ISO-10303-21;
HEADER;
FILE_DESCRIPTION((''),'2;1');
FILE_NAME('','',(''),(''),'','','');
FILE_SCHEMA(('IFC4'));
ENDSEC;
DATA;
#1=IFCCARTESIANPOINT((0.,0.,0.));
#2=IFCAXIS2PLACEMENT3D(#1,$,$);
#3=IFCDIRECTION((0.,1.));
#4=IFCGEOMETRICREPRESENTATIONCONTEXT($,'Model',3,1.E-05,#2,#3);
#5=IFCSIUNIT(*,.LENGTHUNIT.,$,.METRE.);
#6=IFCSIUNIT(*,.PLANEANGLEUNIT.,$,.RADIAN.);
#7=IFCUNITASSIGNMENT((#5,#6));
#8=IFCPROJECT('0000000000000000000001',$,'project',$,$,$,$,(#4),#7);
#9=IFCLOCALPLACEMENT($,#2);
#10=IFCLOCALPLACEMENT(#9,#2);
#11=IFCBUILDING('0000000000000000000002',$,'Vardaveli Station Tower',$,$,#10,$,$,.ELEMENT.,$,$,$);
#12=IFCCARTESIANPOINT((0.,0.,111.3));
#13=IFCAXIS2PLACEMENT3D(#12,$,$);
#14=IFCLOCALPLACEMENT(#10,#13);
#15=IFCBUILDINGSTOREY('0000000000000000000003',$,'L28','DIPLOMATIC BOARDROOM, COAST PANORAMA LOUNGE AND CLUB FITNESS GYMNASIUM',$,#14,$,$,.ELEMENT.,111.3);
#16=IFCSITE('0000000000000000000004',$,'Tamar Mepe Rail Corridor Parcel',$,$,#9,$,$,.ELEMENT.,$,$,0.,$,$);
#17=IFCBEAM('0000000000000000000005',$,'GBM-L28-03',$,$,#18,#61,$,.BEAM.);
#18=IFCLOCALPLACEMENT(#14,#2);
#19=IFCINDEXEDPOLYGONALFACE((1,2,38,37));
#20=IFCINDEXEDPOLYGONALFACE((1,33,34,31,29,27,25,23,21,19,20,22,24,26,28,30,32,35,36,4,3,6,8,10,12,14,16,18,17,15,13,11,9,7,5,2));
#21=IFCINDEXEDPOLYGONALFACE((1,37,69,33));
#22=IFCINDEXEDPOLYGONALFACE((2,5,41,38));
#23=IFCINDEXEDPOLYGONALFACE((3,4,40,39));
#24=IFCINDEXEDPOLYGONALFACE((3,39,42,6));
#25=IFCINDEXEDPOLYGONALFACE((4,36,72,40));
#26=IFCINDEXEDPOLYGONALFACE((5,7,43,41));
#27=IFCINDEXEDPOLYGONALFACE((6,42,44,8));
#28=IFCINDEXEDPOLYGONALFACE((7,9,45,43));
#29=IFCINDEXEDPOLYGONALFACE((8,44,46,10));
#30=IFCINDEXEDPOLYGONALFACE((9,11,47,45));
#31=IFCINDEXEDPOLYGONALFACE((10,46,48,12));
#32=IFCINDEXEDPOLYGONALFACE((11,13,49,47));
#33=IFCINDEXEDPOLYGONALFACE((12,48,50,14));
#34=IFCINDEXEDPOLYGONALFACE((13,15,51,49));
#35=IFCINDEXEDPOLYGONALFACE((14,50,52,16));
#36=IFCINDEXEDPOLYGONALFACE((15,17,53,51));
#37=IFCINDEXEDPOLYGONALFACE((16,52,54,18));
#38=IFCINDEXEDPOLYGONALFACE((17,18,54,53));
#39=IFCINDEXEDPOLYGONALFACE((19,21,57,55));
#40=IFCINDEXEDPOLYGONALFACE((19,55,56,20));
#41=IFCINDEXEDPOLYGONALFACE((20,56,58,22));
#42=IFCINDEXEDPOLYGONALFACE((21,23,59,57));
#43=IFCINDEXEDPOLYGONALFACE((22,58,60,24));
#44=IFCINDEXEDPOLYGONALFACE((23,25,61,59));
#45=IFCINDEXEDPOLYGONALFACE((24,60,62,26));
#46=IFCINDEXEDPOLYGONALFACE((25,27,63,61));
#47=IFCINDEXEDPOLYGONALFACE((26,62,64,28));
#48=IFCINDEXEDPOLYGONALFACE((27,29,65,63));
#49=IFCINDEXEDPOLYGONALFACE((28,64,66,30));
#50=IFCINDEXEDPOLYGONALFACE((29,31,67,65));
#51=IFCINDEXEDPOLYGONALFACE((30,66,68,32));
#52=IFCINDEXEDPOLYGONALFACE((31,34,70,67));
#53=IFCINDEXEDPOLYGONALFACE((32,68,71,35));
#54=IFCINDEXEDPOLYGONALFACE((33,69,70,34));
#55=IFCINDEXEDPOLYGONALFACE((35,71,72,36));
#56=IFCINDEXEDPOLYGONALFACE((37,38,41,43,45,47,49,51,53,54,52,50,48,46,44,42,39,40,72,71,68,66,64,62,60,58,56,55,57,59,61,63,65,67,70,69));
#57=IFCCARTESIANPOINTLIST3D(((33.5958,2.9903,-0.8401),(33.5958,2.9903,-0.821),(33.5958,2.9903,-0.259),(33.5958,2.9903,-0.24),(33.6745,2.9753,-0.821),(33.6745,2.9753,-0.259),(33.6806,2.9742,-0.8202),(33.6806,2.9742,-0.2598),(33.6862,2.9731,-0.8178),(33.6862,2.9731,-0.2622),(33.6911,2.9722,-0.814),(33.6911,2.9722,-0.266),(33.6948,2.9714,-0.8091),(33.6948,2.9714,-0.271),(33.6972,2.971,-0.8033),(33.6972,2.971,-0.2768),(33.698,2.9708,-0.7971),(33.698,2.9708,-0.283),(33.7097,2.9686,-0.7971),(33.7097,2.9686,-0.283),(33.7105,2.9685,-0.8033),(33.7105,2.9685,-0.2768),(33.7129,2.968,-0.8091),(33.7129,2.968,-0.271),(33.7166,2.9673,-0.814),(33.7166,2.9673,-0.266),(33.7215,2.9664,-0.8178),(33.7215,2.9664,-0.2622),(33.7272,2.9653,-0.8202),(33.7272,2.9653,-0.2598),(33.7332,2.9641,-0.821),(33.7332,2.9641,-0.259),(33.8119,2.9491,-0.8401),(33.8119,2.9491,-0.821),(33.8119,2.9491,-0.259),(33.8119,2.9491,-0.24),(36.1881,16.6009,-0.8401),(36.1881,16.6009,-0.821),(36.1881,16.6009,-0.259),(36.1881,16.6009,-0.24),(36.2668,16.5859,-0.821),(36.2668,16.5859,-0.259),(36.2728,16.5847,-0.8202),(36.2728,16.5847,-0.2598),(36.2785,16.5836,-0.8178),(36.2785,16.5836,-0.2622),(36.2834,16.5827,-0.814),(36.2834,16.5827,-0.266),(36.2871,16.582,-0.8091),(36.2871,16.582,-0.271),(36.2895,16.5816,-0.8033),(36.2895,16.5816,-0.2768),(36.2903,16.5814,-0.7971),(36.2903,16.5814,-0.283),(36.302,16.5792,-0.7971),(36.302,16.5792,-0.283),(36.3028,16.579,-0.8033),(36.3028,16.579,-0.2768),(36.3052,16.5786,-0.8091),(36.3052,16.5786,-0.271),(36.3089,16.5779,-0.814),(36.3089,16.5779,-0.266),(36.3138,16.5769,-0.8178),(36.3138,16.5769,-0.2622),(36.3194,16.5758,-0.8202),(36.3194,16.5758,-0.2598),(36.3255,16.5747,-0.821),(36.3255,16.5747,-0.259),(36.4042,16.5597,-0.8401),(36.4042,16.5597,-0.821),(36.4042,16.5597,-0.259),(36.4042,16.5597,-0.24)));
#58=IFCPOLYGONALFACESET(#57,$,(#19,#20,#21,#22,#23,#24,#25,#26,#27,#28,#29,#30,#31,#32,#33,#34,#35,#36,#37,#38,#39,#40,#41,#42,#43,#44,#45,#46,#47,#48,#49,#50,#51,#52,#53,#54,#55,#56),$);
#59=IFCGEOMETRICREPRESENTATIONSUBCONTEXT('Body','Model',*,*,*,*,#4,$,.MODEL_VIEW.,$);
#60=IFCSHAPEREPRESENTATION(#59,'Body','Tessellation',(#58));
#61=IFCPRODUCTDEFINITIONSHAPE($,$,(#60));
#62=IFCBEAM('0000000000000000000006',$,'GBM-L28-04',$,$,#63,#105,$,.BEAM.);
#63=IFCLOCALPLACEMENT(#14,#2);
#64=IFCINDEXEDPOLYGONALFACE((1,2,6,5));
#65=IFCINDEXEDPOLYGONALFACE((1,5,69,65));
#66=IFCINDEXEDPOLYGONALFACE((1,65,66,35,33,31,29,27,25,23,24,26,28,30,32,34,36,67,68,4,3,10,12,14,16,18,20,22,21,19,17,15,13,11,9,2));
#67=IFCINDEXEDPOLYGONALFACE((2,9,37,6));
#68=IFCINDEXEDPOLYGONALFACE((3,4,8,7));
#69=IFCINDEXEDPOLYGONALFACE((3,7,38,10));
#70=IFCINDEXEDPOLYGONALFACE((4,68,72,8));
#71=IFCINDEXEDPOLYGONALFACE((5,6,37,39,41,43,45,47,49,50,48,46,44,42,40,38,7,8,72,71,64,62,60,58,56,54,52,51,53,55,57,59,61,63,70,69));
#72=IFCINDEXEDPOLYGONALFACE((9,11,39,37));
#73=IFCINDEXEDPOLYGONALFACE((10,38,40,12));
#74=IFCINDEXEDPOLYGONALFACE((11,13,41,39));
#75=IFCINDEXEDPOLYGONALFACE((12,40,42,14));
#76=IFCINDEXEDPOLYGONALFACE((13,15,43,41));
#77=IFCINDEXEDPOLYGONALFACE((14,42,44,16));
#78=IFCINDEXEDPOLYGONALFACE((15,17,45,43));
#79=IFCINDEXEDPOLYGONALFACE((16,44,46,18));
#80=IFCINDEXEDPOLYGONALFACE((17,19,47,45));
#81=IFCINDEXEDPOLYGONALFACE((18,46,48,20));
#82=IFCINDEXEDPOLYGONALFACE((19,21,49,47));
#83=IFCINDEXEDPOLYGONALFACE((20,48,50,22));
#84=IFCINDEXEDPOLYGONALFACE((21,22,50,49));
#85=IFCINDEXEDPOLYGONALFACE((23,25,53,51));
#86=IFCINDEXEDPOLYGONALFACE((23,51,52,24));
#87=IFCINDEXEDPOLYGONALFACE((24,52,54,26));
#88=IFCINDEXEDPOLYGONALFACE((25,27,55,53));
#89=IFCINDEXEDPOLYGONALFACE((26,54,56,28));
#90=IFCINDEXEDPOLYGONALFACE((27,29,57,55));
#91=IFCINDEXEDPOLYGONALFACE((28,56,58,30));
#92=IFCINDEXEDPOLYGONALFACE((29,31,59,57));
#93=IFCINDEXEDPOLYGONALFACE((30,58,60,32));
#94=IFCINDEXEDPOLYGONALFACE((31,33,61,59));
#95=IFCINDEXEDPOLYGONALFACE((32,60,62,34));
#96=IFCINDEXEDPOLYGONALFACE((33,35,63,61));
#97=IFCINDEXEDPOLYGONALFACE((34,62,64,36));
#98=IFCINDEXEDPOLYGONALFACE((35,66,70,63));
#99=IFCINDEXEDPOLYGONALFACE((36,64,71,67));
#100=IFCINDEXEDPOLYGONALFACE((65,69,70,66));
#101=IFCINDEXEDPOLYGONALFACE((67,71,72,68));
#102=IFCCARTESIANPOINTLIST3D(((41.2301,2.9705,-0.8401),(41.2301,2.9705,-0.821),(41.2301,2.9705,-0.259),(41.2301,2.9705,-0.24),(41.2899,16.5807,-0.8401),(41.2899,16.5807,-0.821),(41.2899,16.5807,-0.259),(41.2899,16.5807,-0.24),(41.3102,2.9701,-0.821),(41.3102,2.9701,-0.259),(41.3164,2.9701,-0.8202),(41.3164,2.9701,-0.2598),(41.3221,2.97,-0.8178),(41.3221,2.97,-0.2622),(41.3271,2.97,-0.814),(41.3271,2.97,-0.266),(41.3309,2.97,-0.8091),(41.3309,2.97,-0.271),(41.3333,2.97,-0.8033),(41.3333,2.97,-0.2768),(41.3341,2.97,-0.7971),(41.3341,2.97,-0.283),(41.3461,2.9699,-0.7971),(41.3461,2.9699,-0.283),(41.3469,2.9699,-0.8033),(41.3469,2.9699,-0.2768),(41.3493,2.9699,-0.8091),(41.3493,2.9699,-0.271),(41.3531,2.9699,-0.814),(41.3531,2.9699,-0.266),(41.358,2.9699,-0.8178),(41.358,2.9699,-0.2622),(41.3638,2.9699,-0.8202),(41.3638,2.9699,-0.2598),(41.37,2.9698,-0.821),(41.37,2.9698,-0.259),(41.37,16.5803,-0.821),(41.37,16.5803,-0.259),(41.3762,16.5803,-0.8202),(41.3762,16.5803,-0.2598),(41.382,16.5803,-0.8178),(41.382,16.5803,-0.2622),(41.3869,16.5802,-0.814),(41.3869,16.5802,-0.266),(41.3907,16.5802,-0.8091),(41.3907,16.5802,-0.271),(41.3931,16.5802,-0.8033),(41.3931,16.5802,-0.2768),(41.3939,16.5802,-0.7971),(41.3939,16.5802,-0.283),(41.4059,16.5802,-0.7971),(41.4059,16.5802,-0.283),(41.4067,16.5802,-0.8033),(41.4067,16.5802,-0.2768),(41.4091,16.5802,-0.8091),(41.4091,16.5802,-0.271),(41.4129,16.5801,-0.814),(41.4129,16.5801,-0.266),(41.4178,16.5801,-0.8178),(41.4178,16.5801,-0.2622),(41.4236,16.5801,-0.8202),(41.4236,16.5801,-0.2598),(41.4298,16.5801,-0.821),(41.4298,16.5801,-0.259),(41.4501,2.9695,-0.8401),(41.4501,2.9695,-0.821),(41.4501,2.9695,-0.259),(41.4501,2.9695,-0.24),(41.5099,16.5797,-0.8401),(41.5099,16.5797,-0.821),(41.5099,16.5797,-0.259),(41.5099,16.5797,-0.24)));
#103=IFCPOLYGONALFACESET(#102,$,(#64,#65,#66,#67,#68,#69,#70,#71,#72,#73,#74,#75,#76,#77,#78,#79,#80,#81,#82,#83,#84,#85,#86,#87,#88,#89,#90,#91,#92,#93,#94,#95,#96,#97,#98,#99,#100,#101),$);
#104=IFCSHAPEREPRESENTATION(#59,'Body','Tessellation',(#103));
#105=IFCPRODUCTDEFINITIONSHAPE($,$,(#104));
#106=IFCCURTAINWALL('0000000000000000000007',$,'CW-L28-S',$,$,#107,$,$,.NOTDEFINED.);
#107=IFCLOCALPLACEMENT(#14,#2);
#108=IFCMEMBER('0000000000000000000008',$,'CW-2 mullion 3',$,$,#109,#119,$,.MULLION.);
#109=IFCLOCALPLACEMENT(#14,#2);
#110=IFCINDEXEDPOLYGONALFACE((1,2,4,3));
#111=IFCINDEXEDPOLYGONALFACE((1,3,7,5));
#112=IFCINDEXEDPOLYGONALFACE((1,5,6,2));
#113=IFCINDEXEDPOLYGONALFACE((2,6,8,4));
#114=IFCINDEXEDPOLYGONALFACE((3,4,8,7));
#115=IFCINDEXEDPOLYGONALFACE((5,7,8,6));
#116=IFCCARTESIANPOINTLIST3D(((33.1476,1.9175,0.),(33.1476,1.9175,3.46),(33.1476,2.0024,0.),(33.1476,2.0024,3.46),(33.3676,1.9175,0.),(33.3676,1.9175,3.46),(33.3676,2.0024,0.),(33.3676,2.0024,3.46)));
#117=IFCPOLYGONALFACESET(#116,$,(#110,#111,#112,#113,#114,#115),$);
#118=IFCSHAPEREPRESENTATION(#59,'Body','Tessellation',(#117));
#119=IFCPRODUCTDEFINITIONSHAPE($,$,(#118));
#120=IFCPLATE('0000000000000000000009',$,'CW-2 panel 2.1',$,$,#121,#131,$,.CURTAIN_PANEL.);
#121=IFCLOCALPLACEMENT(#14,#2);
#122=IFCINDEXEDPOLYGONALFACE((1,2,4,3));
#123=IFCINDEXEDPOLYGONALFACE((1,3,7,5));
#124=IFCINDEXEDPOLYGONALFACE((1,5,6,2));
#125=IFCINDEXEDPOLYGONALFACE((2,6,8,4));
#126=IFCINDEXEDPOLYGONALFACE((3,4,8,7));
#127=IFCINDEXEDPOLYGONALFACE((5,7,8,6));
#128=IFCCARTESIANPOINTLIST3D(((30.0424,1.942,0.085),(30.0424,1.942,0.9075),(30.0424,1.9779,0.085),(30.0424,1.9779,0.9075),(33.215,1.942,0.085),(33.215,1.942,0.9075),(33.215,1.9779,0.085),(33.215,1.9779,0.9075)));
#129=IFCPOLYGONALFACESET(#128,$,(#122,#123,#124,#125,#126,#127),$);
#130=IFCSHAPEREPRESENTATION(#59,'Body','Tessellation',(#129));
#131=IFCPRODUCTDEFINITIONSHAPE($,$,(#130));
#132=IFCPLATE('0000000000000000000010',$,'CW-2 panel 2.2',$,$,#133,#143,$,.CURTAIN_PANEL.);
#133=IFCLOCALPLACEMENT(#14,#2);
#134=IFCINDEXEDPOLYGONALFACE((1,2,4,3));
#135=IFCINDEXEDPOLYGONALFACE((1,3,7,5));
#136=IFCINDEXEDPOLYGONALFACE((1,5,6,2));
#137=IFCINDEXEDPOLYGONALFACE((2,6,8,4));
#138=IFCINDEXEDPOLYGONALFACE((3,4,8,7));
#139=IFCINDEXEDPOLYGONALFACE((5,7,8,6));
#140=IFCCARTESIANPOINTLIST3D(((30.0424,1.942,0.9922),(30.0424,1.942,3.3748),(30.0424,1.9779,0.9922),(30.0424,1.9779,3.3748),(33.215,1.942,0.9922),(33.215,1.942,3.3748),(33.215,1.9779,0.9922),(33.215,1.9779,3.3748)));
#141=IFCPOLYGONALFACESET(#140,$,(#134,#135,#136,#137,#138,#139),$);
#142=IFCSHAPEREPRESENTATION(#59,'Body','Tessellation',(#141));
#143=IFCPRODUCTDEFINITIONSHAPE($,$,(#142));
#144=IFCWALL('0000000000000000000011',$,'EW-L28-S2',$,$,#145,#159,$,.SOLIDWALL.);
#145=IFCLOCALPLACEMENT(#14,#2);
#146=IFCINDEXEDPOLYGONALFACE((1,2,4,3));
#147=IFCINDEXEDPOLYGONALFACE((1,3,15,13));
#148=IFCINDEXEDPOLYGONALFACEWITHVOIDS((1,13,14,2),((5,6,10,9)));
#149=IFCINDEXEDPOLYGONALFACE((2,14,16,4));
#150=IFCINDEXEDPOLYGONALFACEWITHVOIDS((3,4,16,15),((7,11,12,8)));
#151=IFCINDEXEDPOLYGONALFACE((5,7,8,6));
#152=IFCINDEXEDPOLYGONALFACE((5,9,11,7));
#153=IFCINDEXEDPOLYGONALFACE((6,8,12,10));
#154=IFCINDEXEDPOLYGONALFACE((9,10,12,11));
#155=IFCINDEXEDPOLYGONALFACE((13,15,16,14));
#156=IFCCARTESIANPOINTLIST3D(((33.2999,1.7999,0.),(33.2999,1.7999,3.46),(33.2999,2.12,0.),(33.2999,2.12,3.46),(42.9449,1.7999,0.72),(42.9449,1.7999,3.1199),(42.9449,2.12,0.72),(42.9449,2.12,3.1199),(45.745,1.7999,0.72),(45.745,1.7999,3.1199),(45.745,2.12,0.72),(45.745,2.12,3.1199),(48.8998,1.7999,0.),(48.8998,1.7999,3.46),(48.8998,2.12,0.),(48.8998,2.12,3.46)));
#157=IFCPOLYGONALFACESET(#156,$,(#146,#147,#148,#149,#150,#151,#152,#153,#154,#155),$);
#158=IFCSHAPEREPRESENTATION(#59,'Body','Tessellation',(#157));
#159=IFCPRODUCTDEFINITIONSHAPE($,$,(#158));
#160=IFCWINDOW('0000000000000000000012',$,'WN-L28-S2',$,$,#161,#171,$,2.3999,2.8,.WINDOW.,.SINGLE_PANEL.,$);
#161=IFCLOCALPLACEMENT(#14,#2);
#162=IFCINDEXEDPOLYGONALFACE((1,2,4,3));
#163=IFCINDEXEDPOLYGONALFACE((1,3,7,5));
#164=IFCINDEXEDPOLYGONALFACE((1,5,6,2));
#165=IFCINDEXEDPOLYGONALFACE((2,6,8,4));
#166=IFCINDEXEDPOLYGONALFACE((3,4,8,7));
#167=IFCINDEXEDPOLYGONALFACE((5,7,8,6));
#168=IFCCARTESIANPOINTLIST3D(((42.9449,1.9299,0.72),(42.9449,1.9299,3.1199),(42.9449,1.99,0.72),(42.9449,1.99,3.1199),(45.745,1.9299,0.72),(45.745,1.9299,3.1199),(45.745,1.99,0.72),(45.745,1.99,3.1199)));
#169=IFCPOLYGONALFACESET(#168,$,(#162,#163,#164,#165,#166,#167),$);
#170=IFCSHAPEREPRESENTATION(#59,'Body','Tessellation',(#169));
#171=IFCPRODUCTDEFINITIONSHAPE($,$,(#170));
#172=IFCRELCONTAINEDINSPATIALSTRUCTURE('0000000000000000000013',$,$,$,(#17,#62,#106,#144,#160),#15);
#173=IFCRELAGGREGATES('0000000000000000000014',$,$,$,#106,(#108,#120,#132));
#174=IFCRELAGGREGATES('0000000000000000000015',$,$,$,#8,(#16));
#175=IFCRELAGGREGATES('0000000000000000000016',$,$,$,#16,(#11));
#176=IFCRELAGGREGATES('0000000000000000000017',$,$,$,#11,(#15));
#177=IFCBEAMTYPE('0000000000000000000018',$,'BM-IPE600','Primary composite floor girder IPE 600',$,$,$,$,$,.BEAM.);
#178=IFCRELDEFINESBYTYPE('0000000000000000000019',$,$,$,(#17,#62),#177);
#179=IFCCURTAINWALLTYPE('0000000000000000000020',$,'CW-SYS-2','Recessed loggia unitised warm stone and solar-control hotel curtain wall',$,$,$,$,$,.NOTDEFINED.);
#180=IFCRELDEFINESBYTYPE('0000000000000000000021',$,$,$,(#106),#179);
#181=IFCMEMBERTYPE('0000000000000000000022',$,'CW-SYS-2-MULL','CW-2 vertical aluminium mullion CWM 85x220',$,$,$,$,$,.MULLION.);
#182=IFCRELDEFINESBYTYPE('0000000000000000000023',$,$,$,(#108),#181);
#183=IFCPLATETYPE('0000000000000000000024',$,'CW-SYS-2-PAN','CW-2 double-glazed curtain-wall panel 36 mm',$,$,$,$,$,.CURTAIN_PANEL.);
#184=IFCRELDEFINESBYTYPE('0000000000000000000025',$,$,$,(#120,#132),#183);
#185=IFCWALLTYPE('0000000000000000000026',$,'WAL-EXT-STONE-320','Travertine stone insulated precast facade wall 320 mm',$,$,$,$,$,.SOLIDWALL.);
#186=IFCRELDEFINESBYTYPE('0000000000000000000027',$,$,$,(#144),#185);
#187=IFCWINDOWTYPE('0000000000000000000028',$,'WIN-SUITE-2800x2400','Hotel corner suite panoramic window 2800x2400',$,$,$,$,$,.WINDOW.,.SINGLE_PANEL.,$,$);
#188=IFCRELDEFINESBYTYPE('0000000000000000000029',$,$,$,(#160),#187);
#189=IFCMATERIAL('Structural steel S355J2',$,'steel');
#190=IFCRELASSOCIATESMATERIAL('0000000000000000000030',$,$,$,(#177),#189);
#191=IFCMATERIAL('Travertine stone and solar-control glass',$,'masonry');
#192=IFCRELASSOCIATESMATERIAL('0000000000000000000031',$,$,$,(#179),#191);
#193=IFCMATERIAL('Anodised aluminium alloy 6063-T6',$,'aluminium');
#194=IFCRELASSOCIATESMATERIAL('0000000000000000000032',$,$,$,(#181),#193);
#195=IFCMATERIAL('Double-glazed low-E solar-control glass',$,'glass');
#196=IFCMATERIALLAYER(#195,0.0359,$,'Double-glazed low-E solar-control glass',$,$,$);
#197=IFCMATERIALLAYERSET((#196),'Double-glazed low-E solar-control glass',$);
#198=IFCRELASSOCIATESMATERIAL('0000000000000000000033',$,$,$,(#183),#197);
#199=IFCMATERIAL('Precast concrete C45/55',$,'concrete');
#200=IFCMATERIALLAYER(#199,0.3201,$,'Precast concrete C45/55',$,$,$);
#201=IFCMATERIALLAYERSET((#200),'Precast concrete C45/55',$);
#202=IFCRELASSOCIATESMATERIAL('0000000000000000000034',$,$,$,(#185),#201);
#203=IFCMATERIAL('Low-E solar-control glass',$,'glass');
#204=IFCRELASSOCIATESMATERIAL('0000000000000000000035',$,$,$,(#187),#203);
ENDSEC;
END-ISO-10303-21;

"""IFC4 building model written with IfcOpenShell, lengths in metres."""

from ifc_helpers import new_model, si_unit, direction, frame, frame_2d, origin, origin_2d, place, context, subcontext, project, spatial, rectangle, i_section, extrude, source, transform, mapped, material, layer, layer_set, material_profile, profile_set, type_object, element, fill, aggregate, save


model = new_model("IFC4")

# Units and contexts
model_context = context("Model", 3, precision=1e-05, world=origin(), true_north=direction((0.0, 1.0)))
body_context = subcontext(model_context, "Body", "Model", "MODEL_VIEW")
ifc_project = project(units=[si_unit("LENGTHUNIT", "METRE"), si_unit("PLANEANGLEUNIT", "RADIAN")], contexts=[model_context])

# Site, building, storey
site_placement = place(None, origin())
site = spatial("IfcSite", under=ifc_project, at=site_placement, Name="Tamar Mepe Rail Corridor Parcel", CompositionType="ELEMENT", RefElevation=0.0)
building_placement = place(site_placement, origin())
building = spatial("IfcBuilding", under=site, at=building_placement, Name="Vardaveli Station Tower", CompositionType="ELEMENT")
storey_placement = place(building_placement, frame((0.0, 0.0, 111.3)))
storey = spatial("IfcBuildingStorey", under=building, at=storey_placement, Name="L28", Description="DIPLOMATIC BOARDROOM, COAST PANORAMA LOUNGE AND CLUB FITNESS GYMNASIUM", CompositionType="ELEMENT", Elevation=111.3)

# Beams
ifc_material_1 = material(Name="Structural steel S355J2", Category="steel")
ifc_material_2 = material(Name="Precast concrete C45/55", Category="concrete")
ifc_material_profile_1 = material_profile(ifc_material_1, i_section(OverallWidth=0.22, OverallDepth=0.6001, WebThickness=0.012, FlangeThickness=0.019, FilletRadius=0.0239, at=origin_2d()), Name="IPE 600")
ifc_profile_set_1 = profile_set([ifc_material_profile_1], Name="Structural steel S355J2")
beam_type_1 = type_object("IfcBeamType", Name="BM-IPE600", Description="Primary composite floor girder IPE 600", PredefinedType="BEAM", material=ifc_profile_set_1)
shared_shape_1 = source(origin(), body_context, "Body", "SweptSolid", [
    extrude(i_section(OverallWidth=0.22, OverallDepth=0.6001, WebThickness=0.012, FlangeThickness=0.019, FilletRadius=0.0239, at=origin_2d()), origin(), (0.0, 0.0, 1.0), 13.8552),
])
beam_1_placement = place(storey_placement, frame((33.7039, 2.9697, -0.54), z_axis=(0.187098, 0.982341, 0.0), x_axis=(-0.982341, 0.187098, 0.0)))
element("IfcBeam", 1, at=beam_1_placement, inside=storey, type_object=beam_type_1, Name="GBM-L28-03", PredefinedType="BEAM", context=body_context, shape_type="MappedRepresentation", body=[
    mapped(shared_shape_1, transform((0.0, 0.0, 0.0), scale=1.0)),
])
shared_shape_2 = source(origin(), body_context, "Body", "SweptSolid", [
    extrude(i_section(OverallWidth=0.22, OverallDepth=0.6001, WebThickness=0.012, FlangeThickness=0.019, FilletRadius=0.0239, at=origin_2d()), origin(), (0.0, 0.0, 1.0), 13.6104),
])
beam_2_placement = place(storey_placement, frame((41.3401, 2.97, -0.54), z_axis=(0.004395, 0.99999, 0.0), x_axis=(-0.99999, 0.004395, 0.0)))
element("IfcBeam", 2, at=beam_2_placement, inside=storey, type_object=beam_type_1, Name="GBM-L28-04", PredefinedType="BEAM", context=body_context, shape_type="MappedRepresentation", body=[
    mapped(shared_shape_2, transform((0.0, 0.0, 0.0), scale=1.0)),
])

# Curtain wall, member, plates
ifc_material_3 = material(Name="Travertine stone and solar-control glass", Category="masonry")
curtain_wall_type = type_object("IfcCurtainWallType", Name="CW-SYS-2", Description="Recessed loggia unitised warm stone and solar-control hotel curtain wall", PredefinedType="NOTDEFINED", material=ifc_material_3)
curtain_wall_placement = place(storey_placement, origin())
curtain_wall = element("IfcCurtainWall", 3, at=curtain_wall_placement, inside=storey, type_object=curtain_wall_type, Name="CW-L28-S", PredefinedType="NOTDEFINED")
ifc_material_4 = material(Name="Anodised aluminium alloy 6063-T6", Category="aluminium")
ifc_material_profile_2 = material_profile(ifc_material_4, rectangle(XDim=0.085, YDim=0.22, at=origin_2d()), Name="CWM 85x220")
ifc_profile_set_2 = profile_set([ifc_material_profile_2], Name="Anodised aluminium alloy 6063-T6")
member_type = type_object("IfcMemberType", Name="CW-SYS-2-MULL", Description="CW-2 vertical aluminium mullion CWM 85x220", PredefinedType="MULLION", material=ifc_profile_set_2)
shared_shape_3 = source(origin(), body_context, "Body", "SweptSolid", [
    extrude(rectangle(XDim=0.085, YDim=0.22, at=origin_2d()), origin(), (0.0, 0.0, 1.0), 3.46),
])
member_placement = place(storey_placement, frame((33.2576, 1.96, 0.0), z_axis=(0.0, 0.0, 1.0), x_axis=(0.0, 1.0, 0.0)))
member = element("IfcMember", 4, at=member_placement, type_object=member_type, Name="CW-2 mullion 3", PredefinedType="MULLION", context=body_context, shape_type="MappedRepresentation", body=[
    mapped(shared_shape_3, transform((0.0, 0.0, 0.0), scale=1.0)),
])
ifc_material_5 = material(Name="Double-glazed low-E solar-control glass", Category="glass")
ifc_layer_1 = layer(ifc_material_5, 0.0359, Name="Double-glazed low-E solar-control glass")
ifc_layer_set_1 = layer_set([ifc_layer_1], Name="Double-glazed low-E solar-control glass")
plate_type = type_object("IfcPlateType", Name="CW-SYS-2-PAN", Description="CW-2 double-glazed curtain-wall panel 36 mm", PredefinedType="CURTAIN_PANEL", material=ifc_layer_set_1)
shared_shape_4 = source(origin(), body_context, "Body", "SweptSolid", [
    extrude(rectangle(XDim=3.1726, YDim=0.0359, at=origin_2d()), origin(), (0.0, 0.0, 1.0), 0.8225),
])
plate_1_placement = place(storey_placement, frame((31.6287, 1.96, 0.085), z_axis=(0.0, 0.0, 1.0), x_axis=(1.0, 0.0, 0.0)))
plate_1 = element("IfcPlate", 5, at=plate_1_placement, type_object=plate_type, Name="CW-2 panel 2.1", PredefinedType="CURTAIN_PANEL", context=body_context, shape_type="MappedRepresentation", body=[
    mapped(shared_shape_4, transform((0.0, 0.0, 0.0), scale=1.0)),
])
shared_shape_5 = source(origin(), body_context, "Body", "SweptSolid", [
    extrude(rectangle(XDim=3.1726, YDim=0.0359, at=origin_2d()), origin(), (0.0, 0.0, 1.0), 2.3826),
])
plate_2_placement = place(storey_placement, frame((31.6287, 1.96, 0.9922), z_axis=(0.0, 0.0, 1.0), x_axis=(1.0, 0.0, 0.0)))
plate_2 = element("IfcPlate", 6, at=plate_2_placement, type_object=plate_type, Name="CW-2 panel 2.2", PredefinedType="CURTAIN_PANEL", context=body_context, shape_type="MappedRepresentation", body=[
    mapped(shared_shape_5, transform((0.0, 0.0, 0.0), scale=1.0)),
])
aggregate(curtain_wall, [member, plate_1, plate_2])

# Wall, opening, window
ifc_layer_2 = layer(ifc_material_2, 0.3201, Name="Precast concrete C45/55")
ifc_layer_set_2 = layer_set([ifc_layer_2], Name="Precast concrete C45/55")
wall_type_1 = type_object("IfcWallType", Name="WAL-EXT-STONE-320", Description="Travertine stone insulated precast facade wall 320 mm", PredefinedType="SOLIDWALL", material=ifc_layer_set_2)
shared_shape_6 = source(origin(), body_context, "Body", "SweptSolid", [
    extrude(rectangle(XDim=15.5999, YDim=0.3201, at=frame_2d((7.7998, 0.0))), origin(), (0.0, 0.0, 1.0), 3.46),
])
wall_1_placement = place(storey_placement, frame((33.3, 1.96, 0.0), z_axis=(0.0, 0.0, 1.0), x_axis=(1.0, 0.0, 0.0)))
wall_1 = element("IfcWall", 7, at=wall_1_placement, inside=storey, type_object=wall_type_1, Name="EW-L28-S2", PredefinedType="SOLIDWALL", context=body_context, shape_type="MappedRepresentation", body=[
    mapped(shared_shape_6, transform((0.0, 0.0, 0.0), scale=1.0)),
])
shared_shape_7 = source(origin(), body_context, "Body", "SweptSolid", [
    extrude(rectangle(XDim=2.8, YDim=2.3999, at=frame_2d((1.3999, 1.2))), frame((0.0, 0.1699, 0.0), z_axis=(0.0, -1.0, 0.0), x_axis=(1.0, 0.0, 0.0)), (0.0, 0.0, 1.0), 0.3401),
])
opening_1_placement = place(wall_1_placement, frame((9.645, 0.0, 0.72)))
opening_1 = element("IfcOpeningElement", 8, at=opening_1_placement, cuts=wall_1, PredefinedType="OPENING", context=body_context, shape_type="MappedRepresentation", body=[
    mapped(shared_shape_7, transform((0.0, 0.0, 0.0), scale=1.0)),
])
ifc_material_6 = material(Name="Low-E solar-control glass", Category="glass")
window_type = type_object("IfcWindowType", Name="WIN-SUITE-2800x2400", Description="Hotel corner suite panoramic window 2800x2400", PartitioningType="SINGLE_PANEL", PredefinedType="WINDOW", material=ifc_material_6)
shared_shape_8 = source(origin(), body_context, "Body", "SweptSolid", [
    extrude(rectangle(XDim=2.8, YDim=2.3999, at=frame_2d((1.3999, 1.2))), frame((0.0, 0.03, 0.0), z_axis=(0.0, -1.0, 0.0), x_axis=(1.0, 0.0, 0.0)), (0.0, 0.0, 1.0), 0.0601),
])
window_placement = place(opening_1_placement, origin())
window = element("IfcWindow", 9, at=window_placement, inside=storey, type_object=window_type, Name="WN-L28-S2", OverallHeight=2.3999, OverallWidth=2.8, PartitioningType="SINGLE_PANEL", PredefinedType="WINDOW", context=body_context, shape_type="MappedRepresentation", body=[
    mapped(shared_shape_8, transform((0.0, 0.0, 0.0), scale=1.0)),
])
fill(opening_1, window)

save(model, "model.ifc")
